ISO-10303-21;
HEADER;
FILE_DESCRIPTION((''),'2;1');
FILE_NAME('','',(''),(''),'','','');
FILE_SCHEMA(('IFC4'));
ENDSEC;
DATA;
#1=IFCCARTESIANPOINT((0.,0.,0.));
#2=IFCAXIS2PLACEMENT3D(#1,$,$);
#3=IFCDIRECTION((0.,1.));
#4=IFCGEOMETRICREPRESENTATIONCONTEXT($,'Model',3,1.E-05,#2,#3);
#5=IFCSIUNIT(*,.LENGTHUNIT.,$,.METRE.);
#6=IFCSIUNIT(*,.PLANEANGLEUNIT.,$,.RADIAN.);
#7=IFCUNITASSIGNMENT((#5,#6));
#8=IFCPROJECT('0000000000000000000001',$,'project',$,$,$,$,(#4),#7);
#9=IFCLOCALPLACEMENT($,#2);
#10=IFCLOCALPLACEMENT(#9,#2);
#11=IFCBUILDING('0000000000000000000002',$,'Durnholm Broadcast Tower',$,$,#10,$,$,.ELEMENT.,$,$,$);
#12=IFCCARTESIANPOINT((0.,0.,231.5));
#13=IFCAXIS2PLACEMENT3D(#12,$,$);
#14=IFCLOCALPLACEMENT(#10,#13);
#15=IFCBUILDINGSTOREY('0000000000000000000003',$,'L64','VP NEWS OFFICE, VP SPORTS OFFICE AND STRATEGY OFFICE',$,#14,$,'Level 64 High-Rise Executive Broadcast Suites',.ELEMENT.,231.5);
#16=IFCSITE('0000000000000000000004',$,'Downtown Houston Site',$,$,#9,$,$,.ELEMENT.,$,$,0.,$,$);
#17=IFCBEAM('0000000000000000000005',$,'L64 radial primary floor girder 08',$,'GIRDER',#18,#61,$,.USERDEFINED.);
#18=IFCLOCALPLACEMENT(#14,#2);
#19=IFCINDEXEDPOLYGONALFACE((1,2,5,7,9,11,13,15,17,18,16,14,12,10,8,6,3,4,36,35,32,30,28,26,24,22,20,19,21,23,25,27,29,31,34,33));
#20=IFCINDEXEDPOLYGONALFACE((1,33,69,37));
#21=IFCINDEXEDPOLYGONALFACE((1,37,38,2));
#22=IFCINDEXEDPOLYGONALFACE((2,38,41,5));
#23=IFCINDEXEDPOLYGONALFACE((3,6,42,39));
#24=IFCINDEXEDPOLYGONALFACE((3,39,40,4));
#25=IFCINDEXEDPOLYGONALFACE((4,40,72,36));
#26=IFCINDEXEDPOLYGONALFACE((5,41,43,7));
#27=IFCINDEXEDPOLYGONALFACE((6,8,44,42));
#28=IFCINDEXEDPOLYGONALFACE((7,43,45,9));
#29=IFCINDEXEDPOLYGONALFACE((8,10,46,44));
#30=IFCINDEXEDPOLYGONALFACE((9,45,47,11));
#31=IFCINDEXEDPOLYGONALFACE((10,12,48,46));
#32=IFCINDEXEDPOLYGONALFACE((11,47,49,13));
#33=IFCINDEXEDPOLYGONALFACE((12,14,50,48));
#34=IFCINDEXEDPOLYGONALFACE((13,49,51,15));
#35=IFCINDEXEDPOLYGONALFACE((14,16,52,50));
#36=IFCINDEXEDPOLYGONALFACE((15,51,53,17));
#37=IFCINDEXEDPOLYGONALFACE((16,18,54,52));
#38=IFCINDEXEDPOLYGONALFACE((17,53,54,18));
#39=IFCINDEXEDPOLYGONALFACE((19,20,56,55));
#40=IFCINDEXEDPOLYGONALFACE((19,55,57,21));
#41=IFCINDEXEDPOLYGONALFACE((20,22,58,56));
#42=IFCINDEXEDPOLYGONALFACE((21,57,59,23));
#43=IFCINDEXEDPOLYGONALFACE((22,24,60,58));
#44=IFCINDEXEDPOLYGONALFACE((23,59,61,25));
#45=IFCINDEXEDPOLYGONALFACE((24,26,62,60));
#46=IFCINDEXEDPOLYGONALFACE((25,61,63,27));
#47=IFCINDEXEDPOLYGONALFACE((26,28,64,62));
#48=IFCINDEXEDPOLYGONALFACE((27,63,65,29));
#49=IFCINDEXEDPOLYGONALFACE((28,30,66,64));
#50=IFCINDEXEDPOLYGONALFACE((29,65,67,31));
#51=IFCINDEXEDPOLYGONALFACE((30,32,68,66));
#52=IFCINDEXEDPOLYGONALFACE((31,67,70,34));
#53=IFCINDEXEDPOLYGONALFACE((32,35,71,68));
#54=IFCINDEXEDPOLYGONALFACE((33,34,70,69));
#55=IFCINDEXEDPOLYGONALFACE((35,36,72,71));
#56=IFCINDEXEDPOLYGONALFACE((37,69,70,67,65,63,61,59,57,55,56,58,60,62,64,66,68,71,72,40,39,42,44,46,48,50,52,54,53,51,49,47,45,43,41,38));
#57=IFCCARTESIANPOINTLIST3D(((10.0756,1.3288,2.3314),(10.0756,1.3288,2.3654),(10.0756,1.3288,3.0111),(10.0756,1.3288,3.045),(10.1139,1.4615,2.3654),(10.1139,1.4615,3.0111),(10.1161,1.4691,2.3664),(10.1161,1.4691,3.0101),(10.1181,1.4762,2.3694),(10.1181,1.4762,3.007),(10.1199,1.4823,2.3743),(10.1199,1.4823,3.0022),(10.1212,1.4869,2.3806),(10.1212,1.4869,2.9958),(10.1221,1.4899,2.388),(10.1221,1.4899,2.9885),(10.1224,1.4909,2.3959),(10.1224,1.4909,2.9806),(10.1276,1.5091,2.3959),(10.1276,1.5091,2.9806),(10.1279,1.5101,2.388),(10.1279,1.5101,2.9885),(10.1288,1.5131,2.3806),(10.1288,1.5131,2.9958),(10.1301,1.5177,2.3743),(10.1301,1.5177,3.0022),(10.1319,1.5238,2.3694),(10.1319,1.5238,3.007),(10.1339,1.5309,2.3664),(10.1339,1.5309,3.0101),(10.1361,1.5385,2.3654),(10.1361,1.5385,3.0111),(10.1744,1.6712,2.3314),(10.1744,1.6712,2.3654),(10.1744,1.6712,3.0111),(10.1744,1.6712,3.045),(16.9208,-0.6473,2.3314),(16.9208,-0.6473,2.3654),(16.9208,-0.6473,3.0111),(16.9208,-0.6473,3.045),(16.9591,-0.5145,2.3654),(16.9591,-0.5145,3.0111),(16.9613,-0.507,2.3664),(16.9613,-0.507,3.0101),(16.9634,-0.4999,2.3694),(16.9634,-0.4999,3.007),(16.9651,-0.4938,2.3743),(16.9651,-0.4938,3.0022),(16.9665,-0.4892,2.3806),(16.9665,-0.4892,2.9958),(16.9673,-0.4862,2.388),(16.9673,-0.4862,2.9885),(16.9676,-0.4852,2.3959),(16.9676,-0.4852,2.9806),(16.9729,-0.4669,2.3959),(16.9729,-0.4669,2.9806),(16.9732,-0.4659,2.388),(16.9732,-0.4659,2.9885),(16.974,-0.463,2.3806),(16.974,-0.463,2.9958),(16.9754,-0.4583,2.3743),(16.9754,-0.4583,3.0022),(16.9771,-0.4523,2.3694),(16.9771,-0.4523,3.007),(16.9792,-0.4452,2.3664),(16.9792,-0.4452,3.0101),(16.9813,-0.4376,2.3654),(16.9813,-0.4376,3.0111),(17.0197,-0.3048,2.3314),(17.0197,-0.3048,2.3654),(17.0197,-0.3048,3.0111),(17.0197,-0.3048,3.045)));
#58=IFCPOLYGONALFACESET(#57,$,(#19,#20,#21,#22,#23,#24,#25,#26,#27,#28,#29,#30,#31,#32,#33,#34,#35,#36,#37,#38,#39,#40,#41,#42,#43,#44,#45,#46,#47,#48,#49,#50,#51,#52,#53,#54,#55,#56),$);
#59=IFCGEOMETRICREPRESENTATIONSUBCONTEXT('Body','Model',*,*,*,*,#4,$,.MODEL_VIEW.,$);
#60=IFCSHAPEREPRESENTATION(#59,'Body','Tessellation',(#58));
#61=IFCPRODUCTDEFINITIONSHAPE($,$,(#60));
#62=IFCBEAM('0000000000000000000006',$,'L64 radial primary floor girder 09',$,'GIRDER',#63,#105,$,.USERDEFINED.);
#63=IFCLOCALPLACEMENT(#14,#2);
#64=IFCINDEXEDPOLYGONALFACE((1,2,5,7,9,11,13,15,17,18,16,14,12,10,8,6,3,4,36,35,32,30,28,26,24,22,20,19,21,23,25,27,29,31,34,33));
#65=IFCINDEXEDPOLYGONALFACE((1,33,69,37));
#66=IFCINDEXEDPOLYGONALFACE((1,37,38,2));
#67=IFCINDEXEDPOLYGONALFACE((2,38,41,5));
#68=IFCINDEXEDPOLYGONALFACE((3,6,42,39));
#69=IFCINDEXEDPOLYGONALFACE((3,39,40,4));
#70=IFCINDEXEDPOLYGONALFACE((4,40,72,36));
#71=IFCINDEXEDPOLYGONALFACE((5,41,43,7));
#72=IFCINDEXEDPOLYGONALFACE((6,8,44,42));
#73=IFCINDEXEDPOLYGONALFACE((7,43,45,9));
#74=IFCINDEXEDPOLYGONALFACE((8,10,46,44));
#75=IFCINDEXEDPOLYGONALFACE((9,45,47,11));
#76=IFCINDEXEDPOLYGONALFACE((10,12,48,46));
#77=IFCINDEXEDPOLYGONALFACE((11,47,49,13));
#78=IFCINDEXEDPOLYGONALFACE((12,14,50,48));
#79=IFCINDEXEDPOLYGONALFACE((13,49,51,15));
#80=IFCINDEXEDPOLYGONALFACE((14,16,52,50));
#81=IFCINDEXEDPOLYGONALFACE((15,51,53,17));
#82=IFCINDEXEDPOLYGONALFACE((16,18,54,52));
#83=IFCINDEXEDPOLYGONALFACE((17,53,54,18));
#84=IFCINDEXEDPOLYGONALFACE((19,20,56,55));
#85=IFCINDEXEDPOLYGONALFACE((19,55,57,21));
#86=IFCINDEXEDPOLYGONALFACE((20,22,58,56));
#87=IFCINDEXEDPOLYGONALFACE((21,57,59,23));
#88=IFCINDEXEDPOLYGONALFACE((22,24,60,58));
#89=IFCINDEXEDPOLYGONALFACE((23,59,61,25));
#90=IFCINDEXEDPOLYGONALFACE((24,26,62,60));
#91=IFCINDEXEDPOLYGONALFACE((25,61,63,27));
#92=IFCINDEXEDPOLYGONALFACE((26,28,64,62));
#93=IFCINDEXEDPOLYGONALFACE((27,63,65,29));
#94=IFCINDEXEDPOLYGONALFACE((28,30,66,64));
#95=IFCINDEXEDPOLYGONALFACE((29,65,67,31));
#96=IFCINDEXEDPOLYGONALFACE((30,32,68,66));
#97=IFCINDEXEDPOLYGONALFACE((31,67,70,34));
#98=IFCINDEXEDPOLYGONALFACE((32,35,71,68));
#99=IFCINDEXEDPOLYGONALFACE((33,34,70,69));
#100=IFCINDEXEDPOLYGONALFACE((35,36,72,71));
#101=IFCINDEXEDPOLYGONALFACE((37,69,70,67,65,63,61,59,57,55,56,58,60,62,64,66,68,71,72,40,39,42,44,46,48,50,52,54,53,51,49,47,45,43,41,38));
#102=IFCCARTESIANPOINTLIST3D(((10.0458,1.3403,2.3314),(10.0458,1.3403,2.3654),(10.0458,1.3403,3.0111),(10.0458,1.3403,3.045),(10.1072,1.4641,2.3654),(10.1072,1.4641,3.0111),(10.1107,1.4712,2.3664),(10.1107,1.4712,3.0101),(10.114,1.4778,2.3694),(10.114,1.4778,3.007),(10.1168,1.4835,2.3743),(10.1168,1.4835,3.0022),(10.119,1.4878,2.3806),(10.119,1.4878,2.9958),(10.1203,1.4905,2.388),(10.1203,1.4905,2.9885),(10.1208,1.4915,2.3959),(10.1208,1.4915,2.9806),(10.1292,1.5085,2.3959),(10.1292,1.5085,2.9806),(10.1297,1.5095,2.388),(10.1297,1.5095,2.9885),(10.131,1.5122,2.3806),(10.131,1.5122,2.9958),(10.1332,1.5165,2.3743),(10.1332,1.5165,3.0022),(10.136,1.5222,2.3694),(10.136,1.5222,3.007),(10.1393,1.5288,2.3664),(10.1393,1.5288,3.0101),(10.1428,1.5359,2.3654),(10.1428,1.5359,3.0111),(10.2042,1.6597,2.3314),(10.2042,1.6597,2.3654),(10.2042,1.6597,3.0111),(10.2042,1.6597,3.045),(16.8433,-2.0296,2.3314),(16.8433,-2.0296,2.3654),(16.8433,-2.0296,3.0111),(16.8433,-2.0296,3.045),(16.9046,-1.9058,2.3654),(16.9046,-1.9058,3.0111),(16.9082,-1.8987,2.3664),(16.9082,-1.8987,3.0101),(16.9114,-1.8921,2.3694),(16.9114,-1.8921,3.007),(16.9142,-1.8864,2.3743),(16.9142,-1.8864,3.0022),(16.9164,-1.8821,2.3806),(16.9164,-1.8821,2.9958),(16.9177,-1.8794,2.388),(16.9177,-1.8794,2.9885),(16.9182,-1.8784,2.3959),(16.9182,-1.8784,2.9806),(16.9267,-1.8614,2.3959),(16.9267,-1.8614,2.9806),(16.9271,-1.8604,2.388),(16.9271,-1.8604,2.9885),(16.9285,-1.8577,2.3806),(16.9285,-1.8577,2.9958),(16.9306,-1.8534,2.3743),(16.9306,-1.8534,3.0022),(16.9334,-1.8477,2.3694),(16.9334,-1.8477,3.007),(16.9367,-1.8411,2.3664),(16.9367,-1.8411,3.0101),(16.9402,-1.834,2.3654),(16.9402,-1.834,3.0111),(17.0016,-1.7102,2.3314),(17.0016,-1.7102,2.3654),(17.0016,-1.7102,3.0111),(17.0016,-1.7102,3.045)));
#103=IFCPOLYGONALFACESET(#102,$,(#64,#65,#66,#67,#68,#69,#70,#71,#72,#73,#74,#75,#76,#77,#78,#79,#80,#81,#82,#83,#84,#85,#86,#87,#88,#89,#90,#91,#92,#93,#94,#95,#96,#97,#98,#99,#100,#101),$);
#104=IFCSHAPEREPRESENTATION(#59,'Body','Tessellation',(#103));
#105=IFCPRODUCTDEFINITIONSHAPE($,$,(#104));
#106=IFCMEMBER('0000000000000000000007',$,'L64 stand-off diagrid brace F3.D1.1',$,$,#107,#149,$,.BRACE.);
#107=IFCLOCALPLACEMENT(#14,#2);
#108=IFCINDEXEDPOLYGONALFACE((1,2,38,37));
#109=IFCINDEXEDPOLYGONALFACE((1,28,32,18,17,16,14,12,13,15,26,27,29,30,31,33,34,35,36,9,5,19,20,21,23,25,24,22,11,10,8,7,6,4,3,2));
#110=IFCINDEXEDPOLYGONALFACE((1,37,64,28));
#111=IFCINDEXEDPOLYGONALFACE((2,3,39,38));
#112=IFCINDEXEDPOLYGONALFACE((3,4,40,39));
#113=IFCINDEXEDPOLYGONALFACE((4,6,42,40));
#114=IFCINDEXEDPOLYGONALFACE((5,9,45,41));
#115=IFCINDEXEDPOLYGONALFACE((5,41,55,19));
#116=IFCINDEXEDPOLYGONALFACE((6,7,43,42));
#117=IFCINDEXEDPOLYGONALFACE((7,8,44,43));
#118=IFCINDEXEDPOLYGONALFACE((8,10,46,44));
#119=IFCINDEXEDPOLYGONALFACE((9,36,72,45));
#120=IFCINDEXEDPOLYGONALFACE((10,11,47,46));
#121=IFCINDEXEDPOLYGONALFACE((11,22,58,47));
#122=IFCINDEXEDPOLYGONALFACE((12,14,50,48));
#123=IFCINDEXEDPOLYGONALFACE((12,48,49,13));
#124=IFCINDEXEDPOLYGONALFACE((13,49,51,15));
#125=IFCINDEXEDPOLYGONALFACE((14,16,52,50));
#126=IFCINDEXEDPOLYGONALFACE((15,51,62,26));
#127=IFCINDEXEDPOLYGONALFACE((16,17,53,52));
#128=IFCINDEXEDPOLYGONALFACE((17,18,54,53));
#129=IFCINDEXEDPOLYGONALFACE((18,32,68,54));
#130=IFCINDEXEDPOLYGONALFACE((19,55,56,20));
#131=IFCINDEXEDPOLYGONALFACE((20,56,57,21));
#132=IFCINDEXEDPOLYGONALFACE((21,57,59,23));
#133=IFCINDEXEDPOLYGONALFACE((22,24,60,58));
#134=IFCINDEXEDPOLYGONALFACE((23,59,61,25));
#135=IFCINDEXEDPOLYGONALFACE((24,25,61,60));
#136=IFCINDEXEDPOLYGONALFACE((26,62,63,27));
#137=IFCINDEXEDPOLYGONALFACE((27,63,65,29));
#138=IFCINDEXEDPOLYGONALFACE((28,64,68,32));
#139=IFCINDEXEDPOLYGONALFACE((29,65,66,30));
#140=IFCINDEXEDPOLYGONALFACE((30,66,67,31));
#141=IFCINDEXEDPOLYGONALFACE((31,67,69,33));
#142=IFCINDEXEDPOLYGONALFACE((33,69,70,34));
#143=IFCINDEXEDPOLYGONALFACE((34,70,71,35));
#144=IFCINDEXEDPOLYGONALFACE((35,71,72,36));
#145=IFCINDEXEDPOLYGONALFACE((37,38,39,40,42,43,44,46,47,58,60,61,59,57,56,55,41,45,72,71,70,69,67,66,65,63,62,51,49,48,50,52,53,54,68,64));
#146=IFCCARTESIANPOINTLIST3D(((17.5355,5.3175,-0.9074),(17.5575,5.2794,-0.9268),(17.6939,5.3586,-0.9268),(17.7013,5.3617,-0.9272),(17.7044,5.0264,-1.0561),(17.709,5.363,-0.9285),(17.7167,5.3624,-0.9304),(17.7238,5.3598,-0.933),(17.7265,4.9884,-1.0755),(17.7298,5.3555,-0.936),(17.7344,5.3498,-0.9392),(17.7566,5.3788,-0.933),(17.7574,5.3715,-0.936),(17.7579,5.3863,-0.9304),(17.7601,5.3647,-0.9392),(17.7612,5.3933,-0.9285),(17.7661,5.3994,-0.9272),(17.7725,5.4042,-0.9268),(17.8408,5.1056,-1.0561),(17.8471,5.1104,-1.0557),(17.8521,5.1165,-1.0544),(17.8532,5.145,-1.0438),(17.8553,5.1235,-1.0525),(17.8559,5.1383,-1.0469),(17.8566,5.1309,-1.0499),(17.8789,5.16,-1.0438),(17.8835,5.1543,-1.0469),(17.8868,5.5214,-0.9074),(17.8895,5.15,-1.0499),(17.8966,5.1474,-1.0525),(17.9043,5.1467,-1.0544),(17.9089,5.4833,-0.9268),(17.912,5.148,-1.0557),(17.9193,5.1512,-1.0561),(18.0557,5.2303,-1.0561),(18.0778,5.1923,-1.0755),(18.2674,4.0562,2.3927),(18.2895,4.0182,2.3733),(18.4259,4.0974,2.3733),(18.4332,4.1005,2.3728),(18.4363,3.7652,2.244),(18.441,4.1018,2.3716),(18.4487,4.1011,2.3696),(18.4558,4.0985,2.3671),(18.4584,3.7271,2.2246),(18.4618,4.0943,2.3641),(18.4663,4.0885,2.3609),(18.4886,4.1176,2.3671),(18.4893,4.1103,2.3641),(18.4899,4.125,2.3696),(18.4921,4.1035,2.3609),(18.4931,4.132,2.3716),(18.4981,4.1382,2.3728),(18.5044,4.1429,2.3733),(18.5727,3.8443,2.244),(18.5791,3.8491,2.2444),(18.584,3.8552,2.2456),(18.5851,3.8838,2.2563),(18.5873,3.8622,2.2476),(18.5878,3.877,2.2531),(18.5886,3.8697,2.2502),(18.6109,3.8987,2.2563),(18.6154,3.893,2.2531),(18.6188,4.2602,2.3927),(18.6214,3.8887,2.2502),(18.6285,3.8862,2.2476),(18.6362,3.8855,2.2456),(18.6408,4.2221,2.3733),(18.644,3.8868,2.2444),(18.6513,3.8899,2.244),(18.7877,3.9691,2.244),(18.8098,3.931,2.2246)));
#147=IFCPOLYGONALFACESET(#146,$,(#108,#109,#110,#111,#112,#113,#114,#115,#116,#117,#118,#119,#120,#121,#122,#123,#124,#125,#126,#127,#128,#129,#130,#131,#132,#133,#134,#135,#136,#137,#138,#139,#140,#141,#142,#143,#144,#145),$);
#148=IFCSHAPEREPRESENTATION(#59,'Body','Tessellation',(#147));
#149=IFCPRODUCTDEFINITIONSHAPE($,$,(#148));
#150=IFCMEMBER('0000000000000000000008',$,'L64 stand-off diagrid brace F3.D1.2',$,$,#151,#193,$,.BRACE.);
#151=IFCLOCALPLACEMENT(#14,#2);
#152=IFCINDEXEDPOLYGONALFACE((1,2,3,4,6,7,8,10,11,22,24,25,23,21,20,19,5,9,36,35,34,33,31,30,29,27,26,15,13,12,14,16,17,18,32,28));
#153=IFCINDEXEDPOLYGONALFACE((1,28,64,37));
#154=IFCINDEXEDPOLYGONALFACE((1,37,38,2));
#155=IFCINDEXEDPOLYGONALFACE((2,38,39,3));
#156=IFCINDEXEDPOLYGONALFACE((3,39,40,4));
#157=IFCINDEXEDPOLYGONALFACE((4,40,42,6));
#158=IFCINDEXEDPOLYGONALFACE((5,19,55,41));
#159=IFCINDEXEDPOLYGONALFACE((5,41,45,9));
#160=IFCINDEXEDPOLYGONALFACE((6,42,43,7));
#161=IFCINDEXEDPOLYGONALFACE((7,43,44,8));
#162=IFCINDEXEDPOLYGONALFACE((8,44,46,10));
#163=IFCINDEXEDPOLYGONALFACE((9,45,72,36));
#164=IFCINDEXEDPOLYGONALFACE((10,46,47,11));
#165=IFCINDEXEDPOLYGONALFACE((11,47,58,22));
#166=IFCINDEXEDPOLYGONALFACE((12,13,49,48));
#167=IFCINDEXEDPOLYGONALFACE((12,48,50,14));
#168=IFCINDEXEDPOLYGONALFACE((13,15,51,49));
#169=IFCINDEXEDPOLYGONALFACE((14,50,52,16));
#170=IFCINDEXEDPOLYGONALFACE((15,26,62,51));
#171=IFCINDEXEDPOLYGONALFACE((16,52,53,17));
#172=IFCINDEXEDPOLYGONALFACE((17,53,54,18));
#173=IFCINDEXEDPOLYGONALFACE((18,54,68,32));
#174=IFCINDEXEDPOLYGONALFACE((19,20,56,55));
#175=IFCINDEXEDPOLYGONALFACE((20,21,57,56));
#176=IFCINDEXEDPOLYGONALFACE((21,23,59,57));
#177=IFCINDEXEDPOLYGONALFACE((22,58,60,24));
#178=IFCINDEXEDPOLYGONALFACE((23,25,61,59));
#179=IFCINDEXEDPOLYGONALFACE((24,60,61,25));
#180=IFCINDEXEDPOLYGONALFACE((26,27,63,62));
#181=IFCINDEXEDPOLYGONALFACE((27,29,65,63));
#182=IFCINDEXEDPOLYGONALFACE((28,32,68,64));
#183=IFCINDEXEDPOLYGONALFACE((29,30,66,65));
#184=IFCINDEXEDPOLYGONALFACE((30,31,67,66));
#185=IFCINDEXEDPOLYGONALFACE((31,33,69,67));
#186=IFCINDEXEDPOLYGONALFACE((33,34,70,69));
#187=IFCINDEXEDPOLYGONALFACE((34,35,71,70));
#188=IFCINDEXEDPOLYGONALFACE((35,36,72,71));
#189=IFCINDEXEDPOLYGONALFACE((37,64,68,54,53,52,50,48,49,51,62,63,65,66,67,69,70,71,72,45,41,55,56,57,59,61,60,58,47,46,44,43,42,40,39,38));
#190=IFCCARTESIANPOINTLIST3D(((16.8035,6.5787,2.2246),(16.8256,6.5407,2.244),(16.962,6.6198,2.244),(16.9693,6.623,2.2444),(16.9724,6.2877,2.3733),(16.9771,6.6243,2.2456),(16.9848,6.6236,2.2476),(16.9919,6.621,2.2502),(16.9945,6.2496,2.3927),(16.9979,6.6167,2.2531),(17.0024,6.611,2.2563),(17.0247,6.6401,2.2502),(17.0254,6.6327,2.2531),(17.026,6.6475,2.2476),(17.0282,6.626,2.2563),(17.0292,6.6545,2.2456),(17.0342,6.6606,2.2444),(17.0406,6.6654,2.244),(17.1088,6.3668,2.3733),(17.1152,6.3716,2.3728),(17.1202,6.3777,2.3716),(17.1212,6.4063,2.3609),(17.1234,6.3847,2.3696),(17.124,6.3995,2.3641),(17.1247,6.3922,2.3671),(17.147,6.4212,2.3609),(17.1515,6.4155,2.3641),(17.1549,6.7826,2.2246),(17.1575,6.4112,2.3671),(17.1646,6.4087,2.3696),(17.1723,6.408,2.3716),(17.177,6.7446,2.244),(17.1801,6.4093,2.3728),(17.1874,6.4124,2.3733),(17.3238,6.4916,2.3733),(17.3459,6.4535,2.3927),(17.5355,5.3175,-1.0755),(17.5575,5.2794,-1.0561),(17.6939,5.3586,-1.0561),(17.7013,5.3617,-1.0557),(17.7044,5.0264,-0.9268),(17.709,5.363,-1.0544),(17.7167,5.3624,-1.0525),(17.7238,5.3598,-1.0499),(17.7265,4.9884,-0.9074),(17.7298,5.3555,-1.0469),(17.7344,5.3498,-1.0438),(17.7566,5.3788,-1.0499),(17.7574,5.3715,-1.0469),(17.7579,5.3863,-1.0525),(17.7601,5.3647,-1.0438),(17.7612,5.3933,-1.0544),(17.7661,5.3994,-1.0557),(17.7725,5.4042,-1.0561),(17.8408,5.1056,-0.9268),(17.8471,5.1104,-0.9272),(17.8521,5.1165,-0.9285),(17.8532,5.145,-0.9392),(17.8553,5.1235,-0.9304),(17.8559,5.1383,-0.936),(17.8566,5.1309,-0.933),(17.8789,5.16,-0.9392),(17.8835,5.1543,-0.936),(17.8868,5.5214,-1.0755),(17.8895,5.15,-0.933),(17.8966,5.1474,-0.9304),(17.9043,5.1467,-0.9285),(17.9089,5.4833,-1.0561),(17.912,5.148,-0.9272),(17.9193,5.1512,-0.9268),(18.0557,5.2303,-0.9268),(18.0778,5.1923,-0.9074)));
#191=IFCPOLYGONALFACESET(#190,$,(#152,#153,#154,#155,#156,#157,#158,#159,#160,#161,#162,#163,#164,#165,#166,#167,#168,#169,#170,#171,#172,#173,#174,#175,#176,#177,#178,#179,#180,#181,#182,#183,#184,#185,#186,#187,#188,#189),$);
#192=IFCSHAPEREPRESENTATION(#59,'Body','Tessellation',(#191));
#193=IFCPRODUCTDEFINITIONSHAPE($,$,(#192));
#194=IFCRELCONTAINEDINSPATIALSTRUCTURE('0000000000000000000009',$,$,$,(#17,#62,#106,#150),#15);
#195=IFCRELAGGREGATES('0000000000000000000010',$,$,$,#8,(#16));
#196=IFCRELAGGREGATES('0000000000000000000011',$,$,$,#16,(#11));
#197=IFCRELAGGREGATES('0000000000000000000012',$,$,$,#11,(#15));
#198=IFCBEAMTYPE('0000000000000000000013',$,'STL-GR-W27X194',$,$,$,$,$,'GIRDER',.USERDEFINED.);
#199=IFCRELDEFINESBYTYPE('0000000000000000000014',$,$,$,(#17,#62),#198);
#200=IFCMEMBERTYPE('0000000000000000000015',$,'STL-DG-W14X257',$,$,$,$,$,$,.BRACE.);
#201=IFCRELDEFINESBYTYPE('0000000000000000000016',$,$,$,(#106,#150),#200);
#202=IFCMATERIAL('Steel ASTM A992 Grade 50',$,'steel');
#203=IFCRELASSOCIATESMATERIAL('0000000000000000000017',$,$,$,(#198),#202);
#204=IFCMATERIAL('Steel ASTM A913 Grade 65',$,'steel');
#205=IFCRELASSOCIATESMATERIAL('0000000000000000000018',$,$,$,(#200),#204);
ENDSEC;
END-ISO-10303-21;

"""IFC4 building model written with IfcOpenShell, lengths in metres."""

from ifc_helpers import new_model, si_unit, direction, frame, origin, origin_2d, place, context, subcontext, project, spatial, i_section, extrude, source, transform, mapped, material, material_profile, profile_set, type_object, type_shapes, element, save


model = new_model("IFC4")

# Units and contexts
model_context = context("Model", 3, precision=1e-05, world=origin(), true_north=direction((0.0, 1.0)))
body_context = subcontext(model_context, "Body", "Model", "MODEL_VIEW")
ifc_project = project(units=[si_unit("LENGTHUNIT", "METRE"), si_unit("PLANEANGLEUNIT", "RADIAN")], contexts=[model_context])

# Site, building, storey
site_placement = place(None, origin())
site = spatial("IfcSite", under=ifc_project, at=site_placement, Name="Downtown Houston Site", CompositionType="ELEMENT", RefElevation=0.0)
building_placement = place(site_placement, origin())
building = spatial("IfcBuilding", under=site, at=building_placement, Name="Durnholm Broadcast Tower", CompositionType="ELEMENT")
storey_placement = place(building_placement, frame((0.0, 0.0, 231.5)))
storey = spatial("IfcBuildingStorey", under=building, at=storey_placement, Name="L64", Description="VP NEWS OFFICE, VP SPORTS OFFICE AND STRATEGY OFFICE", LongName="Level 64 High-Rise Executive Broadcast Suites", CompositionType="ELEMENT", Elevation=231.5)

# Beams
ifc_material_1 = material(Name="Steel ASTM A992 Grade 50", Category="steel")
ifc_material_profile_1 = material_profile(ifc_material_1, i_section(OverallWidth=0.3564, OverallDepth=0.7136, WebThickness=0.019, FlangeThickness=0.0339, FilletRadius=0.0305, at=origin_2d()), Name="W27X194")
ifc_profile_set_1 = profile_set([ifc_material_profile_1], Name="Steel ASTM A992 Grade 50")
beam_type_1 = type_object("IfcBeamType", Name="STL-GR-W27X194", ElementType="GIRDER", PredefinedType="USERDEFINED", material=ifc_profile_set_1)
shared_shape_1 = source(origin(), body_context, "Body", "SweptSolid", [
    extrude(i_section(OverallWidth=0.3564, OverallDepth=0.7136, WebThickness=0.019, FlangeThickness=0.0339, FilletRadius=0.0305, at=origin_2d()), origin(), (0.0, 0.0, 1.0), 7.1248),
])
beam_1_placement = place(storey_placement, frame((10.125, 1.5, 2.6882), z_axis=(0.960768, -0.277354, 0.0), x_axis=(0.277354, 0.960768, 0.0)))
element("IfcBeam", 1, at=beam_1_placement, inside=storey, type_object=beam_type_1, Name="L64 radial primary floor girder 08", ObjectType="GIRDER", PredefinedType="USERDEFINED", context=body_context, shape_type="MappedRepresentation", body=[
    mapped(shared_shape_1, transform((0.0, 0.0, 0.0), x_axis=(1.0, 0.0, 0.0), y_axis=(0.0, 1.0, 0.0), z_axis=(0.0, 0.0, 1.0), scale=1.0)),
])
shared_shape_2 = source(origin(), body_context, "Body", "SweptSolid", [
    extrude(i_section(OverallWidth=0.3564, OverallDepth=0.7136, WebThickness=0.019, FlangeThickness=0.0339, FilletRadius=0.0305, at=origin_2d()), origin(), (0.0, 0.0, 1.0), 7.5869),
])
type_shapes(beam_type_1, [shared_shape_1, shared_shape_2])
beam_2_placement = place(storey_placement, frame((10.125, 1.5, 2.6882), z_axis=(0.895941, -0.444173, 0.0), x_axis=(0.444173, 0.895941, 0.0)))
element("IfcBeam", 2, at=beam_2_placement, inside=storey, type_object=beam_type_1, Name="L64 radial primary floor girder 09", ObjectType="GIRDER", PredefinedType="USERDEFINED", context=body_context, shape_type="MappedRepresentation", body=[
    mapped(shared_shape_2, transform((0.0, 0.0, 0.0), x_axis=(1.0, 0.0, 0.0), y_axis=(0.0, 1.0, 0.0), z_axis=(0.0, 0.0, 1.0), scale=1.0)),
])

# Members
ifc_material_2 = material(Name="Steel ASTM A913 Grade 65", Category="steel")
ifc_material_profile_2 = material_profile(ifc_material_2, i_section(OverallWidth=0.4062, OverallDepth=0.416, WebThickness=0.0298, FlangeThickness=0.0481, FilletRadius=0.0305, at=origin_2d()), Name="W14X257")
ifc_profile_set_2 = profile_set([ifc_material_profile_2], Name="Steel ASTM A913 Grade 65")
member_type_1 = type_object("IfcMemberType", Name="STL-DG-W14X257", PredefinedType="BRACE", material=ifc_profile_set_2)
shared_shape_3 = source(origin(), body_context, "Body", "SweptSolid", [
    extrude(i_section(OverallWidth=0.4062, OverallDepth=0.416, WebThickness=0.0298, FlangeThickness=0.0481, FilletRadius=0.0305, at=origin_2d()), origin(), (0.0, 0.0, 1.0), 3.6079),
])
type_shapes(member_type_1, [shared_shape_3])
for number, where, z_axis, x_axis, name in (
    (3, (17.8066, 5.2549, -0.9915), (0.202871, -0.349577, 0.91468), (0.864906, 0.501934, 0.0), "L64 stand-off diagrid brace F3.D1.1"),
    (4, (17.8066, 5.2549, -0.9915), (-0.202871, 0.349577, 0.91468), (-0.864906, -0.501934, 0.0), "L64 stand-off diagrid brace F3.D1.2"),
):
    element("IfcMember", number, at=place(storey_placement, frame(where, z_axis=z_axis, x_axis=x_axis)), inside=storey, type_object=member_type_1, Name=name, PredefinedType="BRACE", context=body_context, shape_type="MappedRepresentation", body=[
        mapped(shared_shape_3, transform((0.0, 0.0, 0.0), x_axis=(1.0, 0.0, 0.0), y_axis=(0.0, 1.0, 0.0), z_axis=(0.0, 0.0, 1.0), scale=1.0)),
    ])

save(model, "model.ifc")
